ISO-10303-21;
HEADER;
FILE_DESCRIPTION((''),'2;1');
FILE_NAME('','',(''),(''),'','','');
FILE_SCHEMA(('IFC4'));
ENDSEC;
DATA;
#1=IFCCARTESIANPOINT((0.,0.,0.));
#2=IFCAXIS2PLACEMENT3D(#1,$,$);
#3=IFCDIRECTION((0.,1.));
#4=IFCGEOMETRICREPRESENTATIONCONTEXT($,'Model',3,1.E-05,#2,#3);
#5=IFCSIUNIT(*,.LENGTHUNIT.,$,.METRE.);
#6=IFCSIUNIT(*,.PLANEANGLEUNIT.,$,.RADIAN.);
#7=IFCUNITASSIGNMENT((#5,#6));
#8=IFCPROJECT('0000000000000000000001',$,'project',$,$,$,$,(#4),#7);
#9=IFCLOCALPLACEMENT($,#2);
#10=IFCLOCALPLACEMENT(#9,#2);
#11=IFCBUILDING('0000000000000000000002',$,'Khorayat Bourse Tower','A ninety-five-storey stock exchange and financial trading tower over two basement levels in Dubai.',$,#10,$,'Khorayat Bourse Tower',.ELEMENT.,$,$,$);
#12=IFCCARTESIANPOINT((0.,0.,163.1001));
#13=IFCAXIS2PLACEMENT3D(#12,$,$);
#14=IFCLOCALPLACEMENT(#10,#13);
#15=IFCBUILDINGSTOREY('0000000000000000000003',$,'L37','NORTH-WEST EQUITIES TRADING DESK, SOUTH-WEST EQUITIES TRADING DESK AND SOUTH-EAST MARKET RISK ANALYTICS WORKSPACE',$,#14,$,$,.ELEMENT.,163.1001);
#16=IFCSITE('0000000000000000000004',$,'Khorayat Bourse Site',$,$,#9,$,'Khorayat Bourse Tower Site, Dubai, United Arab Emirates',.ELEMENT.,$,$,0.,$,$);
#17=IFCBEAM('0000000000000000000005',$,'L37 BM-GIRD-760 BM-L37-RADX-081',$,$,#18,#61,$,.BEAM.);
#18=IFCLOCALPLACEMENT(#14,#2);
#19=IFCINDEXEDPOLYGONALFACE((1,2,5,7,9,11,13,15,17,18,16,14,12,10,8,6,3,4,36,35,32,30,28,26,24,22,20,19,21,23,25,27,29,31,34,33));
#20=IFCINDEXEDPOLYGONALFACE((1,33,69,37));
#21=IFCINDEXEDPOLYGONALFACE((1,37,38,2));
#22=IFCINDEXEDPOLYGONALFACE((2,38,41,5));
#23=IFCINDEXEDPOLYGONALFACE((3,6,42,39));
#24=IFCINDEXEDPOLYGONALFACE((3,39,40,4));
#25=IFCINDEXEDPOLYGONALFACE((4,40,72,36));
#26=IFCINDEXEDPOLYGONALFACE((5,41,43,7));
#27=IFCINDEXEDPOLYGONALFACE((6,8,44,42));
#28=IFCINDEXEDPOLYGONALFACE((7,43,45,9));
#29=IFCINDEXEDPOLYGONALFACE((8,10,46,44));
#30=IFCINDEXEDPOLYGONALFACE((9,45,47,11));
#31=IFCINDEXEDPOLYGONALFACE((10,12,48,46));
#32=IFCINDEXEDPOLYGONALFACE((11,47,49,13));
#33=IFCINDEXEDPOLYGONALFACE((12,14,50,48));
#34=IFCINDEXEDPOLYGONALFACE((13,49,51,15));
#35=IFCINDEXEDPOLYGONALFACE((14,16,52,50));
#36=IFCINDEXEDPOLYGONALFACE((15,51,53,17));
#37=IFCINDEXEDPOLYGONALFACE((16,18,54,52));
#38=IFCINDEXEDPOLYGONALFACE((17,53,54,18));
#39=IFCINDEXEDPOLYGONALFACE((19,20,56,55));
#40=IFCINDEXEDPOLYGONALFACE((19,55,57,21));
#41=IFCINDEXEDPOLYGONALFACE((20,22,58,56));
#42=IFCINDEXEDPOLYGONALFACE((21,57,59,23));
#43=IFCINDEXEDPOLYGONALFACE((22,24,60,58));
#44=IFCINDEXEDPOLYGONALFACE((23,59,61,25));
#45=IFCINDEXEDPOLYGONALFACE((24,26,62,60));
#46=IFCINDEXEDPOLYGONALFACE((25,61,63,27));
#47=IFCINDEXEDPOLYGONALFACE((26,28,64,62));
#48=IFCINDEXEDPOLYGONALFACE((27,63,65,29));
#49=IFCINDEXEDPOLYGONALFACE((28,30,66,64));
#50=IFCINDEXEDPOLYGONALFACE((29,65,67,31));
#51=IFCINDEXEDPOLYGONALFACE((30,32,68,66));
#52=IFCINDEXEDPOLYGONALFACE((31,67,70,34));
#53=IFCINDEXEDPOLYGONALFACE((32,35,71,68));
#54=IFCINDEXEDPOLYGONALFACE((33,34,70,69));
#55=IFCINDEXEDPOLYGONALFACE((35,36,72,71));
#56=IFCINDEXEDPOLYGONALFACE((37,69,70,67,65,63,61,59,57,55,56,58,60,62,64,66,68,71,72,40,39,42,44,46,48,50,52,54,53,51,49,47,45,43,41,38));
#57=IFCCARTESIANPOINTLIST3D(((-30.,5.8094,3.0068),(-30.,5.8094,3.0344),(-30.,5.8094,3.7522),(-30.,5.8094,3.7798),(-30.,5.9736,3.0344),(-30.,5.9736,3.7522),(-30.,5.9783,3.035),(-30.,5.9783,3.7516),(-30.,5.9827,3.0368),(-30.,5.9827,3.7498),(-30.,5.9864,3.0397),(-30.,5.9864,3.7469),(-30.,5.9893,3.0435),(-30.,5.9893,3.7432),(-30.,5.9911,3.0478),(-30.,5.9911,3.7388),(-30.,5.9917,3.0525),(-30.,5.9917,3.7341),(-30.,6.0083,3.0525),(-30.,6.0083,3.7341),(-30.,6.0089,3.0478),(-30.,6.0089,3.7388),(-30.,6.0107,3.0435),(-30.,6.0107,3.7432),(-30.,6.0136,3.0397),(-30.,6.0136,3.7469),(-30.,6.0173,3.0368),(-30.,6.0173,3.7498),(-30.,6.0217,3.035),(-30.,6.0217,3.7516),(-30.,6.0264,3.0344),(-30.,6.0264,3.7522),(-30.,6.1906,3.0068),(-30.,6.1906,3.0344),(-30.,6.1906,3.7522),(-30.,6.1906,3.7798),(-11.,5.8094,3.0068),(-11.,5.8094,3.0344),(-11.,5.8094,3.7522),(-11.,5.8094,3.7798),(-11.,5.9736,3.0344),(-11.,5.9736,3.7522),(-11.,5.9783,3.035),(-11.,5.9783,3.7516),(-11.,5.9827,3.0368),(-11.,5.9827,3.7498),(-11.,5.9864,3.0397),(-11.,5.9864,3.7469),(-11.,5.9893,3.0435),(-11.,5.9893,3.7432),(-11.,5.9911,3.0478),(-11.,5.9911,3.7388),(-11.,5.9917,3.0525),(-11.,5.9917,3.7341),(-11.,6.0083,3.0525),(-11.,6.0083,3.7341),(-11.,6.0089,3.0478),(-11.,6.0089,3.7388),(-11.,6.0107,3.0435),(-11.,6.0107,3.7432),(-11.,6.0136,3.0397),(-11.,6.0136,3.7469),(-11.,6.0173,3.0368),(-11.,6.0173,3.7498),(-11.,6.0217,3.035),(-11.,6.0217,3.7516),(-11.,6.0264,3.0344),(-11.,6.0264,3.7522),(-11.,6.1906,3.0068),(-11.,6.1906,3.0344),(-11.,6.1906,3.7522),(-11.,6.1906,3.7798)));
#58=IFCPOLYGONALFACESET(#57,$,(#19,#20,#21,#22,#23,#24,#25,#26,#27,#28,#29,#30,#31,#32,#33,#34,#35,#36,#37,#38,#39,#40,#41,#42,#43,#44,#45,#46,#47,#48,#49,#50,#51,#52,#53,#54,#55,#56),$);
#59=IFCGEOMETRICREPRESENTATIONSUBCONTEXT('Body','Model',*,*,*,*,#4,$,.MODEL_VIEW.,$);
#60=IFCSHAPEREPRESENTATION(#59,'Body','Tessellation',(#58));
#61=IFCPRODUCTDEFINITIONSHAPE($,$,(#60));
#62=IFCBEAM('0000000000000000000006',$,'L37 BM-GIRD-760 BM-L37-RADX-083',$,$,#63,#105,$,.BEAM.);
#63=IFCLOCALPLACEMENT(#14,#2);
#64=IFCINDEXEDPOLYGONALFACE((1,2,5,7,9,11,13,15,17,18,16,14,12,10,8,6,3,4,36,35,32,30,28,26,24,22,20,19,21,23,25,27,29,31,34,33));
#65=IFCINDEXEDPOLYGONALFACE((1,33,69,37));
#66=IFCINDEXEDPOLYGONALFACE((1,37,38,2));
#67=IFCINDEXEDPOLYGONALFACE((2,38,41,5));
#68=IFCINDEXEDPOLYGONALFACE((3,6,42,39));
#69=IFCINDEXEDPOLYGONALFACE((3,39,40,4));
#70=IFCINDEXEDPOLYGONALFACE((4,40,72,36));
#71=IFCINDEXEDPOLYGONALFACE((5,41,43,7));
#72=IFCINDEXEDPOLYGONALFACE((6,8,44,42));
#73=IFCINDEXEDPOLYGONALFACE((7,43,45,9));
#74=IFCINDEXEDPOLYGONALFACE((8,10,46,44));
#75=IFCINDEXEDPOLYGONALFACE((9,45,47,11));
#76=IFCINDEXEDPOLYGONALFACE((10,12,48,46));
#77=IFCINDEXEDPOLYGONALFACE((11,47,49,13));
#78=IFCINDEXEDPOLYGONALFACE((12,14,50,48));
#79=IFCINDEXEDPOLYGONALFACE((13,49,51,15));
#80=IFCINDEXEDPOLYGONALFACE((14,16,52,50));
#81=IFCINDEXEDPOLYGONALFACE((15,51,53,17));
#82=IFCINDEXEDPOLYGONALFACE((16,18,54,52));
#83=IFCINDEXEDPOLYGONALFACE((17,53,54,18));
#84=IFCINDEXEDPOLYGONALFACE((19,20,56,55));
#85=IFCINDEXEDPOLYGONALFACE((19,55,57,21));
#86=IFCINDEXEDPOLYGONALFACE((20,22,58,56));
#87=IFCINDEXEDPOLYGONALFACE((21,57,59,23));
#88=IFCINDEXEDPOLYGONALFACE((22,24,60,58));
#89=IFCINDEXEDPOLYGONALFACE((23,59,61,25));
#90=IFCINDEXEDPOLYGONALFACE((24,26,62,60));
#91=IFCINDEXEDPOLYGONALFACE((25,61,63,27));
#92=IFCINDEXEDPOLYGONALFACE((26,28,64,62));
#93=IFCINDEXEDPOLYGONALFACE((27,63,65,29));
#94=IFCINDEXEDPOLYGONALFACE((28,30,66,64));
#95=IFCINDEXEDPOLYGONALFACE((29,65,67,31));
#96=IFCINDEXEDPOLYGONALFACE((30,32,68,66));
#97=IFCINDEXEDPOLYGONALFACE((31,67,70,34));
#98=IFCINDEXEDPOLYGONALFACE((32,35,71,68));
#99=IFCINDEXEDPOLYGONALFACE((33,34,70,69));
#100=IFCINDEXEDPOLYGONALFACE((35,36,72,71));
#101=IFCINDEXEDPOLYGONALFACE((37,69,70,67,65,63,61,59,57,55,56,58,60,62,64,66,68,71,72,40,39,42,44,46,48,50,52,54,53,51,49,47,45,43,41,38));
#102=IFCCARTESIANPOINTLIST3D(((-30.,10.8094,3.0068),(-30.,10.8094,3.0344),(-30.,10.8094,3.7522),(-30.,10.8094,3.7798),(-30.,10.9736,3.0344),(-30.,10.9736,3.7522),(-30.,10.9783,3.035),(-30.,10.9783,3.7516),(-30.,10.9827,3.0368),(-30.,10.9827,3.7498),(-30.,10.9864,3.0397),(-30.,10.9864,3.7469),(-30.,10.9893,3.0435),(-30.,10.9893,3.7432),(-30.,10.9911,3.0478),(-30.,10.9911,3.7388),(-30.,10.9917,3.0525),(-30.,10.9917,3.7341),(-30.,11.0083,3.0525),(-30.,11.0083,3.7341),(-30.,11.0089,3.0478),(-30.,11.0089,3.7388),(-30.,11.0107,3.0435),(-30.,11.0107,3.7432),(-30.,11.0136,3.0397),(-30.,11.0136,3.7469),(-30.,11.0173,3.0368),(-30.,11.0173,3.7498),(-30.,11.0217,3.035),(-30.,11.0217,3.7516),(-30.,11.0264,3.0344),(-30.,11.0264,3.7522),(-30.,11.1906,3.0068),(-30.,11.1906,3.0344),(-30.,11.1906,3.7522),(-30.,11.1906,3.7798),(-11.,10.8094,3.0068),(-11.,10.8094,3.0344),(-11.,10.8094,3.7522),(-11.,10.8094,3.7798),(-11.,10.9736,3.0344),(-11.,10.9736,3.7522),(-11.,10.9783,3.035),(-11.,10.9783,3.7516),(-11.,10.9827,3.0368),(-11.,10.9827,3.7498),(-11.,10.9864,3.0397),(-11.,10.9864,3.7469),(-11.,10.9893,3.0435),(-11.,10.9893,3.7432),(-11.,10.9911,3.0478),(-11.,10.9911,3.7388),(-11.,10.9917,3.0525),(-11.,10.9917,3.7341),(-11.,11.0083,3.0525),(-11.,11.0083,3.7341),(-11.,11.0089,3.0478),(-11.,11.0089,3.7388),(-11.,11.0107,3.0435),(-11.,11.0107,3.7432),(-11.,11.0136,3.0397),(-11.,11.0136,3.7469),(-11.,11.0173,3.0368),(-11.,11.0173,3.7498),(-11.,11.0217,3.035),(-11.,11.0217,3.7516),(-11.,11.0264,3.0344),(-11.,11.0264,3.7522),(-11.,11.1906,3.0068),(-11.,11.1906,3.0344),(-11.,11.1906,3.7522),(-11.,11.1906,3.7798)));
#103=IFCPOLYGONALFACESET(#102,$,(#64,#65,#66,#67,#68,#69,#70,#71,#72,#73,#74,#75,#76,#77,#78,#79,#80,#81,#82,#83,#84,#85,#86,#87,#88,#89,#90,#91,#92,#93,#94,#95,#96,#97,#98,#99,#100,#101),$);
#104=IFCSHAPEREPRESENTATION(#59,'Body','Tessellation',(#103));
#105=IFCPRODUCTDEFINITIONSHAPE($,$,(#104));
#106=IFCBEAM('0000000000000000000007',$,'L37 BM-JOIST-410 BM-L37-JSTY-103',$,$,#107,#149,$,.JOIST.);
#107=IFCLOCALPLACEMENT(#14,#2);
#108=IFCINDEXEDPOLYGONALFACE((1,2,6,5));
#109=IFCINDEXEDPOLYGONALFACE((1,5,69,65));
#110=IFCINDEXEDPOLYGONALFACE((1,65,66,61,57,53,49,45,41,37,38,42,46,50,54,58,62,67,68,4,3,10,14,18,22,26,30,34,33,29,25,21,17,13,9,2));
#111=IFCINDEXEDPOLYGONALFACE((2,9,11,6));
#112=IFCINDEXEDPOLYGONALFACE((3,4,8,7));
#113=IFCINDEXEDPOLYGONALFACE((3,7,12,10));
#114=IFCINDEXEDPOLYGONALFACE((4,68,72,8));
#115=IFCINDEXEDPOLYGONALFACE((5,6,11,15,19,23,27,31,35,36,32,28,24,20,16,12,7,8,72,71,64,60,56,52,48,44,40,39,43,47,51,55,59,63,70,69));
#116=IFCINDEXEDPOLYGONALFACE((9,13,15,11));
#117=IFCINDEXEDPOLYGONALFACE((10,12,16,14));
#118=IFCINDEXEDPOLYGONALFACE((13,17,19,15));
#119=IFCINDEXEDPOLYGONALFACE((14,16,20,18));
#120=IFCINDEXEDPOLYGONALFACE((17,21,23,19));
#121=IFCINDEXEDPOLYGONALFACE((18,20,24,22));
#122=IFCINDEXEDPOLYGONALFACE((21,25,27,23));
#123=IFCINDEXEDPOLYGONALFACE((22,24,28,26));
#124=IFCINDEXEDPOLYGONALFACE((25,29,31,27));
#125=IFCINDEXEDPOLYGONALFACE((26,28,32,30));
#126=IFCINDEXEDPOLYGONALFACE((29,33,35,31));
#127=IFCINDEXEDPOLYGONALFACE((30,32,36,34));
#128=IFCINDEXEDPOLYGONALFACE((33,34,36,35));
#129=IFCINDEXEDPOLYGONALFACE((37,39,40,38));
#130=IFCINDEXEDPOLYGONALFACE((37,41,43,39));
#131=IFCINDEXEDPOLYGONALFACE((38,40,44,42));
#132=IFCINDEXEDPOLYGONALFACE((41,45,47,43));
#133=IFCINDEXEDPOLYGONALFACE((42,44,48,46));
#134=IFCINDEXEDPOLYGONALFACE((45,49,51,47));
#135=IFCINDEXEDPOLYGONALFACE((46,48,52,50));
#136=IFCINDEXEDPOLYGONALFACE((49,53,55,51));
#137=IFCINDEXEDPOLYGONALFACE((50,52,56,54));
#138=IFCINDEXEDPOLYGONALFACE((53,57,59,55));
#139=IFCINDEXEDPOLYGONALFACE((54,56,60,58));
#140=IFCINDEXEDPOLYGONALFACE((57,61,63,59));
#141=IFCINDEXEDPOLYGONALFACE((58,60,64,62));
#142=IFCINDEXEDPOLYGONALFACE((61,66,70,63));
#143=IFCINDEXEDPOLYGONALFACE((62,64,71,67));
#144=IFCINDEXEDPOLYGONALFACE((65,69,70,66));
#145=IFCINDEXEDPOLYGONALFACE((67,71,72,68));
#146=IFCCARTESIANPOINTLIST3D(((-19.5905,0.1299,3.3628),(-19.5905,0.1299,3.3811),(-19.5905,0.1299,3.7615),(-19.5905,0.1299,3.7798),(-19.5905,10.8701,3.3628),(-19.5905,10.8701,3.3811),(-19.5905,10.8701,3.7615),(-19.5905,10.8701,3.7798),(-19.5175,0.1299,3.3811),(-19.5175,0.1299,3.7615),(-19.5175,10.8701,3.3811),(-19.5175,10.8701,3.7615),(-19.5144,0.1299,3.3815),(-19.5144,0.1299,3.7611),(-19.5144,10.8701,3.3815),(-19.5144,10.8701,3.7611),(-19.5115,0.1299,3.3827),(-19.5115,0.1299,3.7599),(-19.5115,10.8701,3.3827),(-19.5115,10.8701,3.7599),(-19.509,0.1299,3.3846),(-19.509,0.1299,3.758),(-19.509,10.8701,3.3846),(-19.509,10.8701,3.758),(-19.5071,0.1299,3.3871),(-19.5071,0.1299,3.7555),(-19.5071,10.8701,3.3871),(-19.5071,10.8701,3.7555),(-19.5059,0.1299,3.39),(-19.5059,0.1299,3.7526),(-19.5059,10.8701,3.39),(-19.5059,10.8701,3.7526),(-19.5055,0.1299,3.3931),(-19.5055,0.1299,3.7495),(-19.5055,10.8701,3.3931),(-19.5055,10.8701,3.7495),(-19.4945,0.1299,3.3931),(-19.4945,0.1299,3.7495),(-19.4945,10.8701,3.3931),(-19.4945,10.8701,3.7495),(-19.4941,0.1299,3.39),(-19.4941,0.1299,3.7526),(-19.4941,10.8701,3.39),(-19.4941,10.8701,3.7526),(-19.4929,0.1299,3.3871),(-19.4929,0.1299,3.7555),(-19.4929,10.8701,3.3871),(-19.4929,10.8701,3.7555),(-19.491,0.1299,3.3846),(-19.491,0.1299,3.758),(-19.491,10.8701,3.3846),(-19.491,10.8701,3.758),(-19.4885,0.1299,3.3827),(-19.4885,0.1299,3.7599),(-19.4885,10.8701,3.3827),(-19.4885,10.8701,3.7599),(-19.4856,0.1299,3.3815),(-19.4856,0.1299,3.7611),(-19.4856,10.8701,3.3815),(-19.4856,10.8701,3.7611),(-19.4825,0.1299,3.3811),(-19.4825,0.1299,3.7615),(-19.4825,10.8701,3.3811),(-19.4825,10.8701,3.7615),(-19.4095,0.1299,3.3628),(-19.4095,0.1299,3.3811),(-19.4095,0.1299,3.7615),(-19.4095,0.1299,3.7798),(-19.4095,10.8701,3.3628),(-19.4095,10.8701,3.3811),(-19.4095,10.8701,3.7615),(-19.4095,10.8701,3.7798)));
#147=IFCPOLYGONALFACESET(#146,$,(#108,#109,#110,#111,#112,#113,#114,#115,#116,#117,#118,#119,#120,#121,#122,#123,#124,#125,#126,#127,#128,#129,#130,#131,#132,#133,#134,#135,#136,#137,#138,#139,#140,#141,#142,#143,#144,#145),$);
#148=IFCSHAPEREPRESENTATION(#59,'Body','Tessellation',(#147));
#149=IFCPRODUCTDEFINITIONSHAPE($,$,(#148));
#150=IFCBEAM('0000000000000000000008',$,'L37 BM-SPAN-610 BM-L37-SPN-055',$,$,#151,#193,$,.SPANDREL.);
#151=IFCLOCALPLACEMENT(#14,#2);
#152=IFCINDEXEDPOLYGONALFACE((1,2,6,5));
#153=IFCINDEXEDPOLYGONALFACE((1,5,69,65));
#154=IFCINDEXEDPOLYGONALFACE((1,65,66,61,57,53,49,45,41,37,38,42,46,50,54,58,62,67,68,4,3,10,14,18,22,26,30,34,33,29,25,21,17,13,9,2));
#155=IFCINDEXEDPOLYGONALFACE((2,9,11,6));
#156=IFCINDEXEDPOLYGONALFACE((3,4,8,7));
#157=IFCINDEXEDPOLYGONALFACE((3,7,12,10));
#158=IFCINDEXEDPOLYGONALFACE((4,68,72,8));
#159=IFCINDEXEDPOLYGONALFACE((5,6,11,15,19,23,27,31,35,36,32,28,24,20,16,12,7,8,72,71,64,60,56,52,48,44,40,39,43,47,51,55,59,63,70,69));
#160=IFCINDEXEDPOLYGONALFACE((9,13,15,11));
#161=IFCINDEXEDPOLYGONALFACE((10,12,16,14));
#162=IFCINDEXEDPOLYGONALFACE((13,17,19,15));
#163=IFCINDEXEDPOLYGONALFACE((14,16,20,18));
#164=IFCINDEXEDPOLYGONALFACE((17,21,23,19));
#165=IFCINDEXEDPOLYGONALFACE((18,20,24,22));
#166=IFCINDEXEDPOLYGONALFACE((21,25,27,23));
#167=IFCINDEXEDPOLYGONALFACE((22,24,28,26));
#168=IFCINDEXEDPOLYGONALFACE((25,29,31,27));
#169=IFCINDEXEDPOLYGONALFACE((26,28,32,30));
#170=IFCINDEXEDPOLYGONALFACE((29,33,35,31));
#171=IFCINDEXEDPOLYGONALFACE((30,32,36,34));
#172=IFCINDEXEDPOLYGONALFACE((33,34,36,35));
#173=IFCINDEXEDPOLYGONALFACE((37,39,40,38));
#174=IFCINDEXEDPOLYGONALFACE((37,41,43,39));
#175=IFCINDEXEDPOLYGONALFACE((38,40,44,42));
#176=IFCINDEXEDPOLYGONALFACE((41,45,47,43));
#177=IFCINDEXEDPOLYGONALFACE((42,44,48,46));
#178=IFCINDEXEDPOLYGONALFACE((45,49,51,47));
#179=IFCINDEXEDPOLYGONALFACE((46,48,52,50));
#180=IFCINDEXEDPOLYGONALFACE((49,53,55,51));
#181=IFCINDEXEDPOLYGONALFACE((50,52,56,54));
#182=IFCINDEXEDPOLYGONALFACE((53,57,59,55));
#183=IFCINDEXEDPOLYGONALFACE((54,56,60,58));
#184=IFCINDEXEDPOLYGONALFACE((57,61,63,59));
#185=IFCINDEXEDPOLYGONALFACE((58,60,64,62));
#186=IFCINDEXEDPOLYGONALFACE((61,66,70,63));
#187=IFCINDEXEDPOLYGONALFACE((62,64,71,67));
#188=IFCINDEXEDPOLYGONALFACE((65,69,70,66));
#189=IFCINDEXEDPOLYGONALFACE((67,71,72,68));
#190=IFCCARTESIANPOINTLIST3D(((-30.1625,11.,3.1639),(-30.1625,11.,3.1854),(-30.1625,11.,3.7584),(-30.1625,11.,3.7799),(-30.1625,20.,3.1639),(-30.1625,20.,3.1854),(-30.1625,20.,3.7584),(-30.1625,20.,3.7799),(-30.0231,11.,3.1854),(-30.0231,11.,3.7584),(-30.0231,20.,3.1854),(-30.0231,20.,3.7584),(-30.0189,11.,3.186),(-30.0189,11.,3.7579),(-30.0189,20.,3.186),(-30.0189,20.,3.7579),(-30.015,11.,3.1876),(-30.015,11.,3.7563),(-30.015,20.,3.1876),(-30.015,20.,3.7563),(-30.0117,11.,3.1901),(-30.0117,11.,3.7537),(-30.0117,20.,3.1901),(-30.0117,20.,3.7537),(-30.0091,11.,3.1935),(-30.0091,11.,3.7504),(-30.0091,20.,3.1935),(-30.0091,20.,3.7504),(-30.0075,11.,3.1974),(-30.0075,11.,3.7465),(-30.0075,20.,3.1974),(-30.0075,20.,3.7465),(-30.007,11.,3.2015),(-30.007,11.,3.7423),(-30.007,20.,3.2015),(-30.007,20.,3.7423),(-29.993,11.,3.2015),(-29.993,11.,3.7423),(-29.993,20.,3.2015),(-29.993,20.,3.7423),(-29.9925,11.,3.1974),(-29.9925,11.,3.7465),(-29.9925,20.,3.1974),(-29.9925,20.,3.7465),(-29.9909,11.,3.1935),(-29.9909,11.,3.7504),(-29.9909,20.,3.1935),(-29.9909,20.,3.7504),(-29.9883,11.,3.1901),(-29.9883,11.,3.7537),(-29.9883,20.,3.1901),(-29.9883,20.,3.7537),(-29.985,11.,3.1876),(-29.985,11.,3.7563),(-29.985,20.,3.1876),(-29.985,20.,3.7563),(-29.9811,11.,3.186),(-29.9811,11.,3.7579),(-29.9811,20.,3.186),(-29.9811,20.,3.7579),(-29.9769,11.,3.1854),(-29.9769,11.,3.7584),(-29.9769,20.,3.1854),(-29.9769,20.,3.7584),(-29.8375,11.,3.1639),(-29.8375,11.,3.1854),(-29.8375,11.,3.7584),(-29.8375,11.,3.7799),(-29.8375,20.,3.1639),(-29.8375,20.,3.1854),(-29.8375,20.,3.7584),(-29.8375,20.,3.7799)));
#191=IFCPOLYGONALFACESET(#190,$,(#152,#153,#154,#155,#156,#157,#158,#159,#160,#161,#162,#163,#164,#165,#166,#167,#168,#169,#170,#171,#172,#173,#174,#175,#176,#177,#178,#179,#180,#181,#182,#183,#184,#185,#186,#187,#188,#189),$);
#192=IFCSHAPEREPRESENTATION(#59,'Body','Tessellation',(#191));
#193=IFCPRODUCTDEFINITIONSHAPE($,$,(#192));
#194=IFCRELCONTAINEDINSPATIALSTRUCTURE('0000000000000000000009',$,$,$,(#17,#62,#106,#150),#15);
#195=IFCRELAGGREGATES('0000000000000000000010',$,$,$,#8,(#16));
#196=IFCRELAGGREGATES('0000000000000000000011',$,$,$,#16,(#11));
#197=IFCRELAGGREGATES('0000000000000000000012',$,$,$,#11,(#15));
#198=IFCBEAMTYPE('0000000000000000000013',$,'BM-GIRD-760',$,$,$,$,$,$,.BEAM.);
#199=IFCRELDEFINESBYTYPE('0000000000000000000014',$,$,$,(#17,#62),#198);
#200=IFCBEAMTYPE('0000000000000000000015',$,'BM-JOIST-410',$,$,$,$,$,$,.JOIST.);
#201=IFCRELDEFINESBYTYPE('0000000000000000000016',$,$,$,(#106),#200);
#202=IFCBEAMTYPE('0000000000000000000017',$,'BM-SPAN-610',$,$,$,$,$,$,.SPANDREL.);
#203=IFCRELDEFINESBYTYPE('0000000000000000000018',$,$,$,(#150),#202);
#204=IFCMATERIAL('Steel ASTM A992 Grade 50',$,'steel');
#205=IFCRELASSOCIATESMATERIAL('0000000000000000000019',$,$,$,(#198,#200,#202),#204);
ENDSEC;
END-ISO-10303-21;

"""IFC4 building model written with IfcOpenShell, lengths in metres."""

from ifc_helpers import new_model, si_unit, direction, frame, origin, origin_2d, place, context, subcontext, project, spatial, i_section, extrude, source, transform, mapped, material, material_profile, profile_set, type_object, element, save


model = new_model("IFC4")

# Units and contexts
model_context = context("Model", 3, precision=1e-05, world=origin(), true_north=direction((0.0, 1.0)))
body_context = subcontext(model_context, "Body", "Model", "MODEL_VIEW")
ifc_project = project(units=[si_unit("LENGTHUNIT", "METRE"), si_unit("PLANEANGLEUNIT", "RADIAN")], contexts=[model_context])

# Site, building, storey
site_placement = place(None, origin())
site = spatial("IfcSite", under=ifc_project, at=site_placement, Name="Khorayat Bourse Site", LongName="Khorayat Bourse Tower Site, Dubai, United Arab Emirates", CompositionType="ELEMENT", RefElevation=0.0)
building_placement = place(site_placement, origin())
building = spatial("IfcBuilding", under=site, at=building_placement, Name="Khorayat Bourse Tower", Description="A ninety-five-storey stock exchange and financial trading tower over two basement levels in Dubai.", LongName="Khorayat Bourse Tower", CompositionType="ELEMENT")
storey_placement = place(building_placement, frame((0.0, 0.0, 163.1001)))
storey = spatial("IfcBuildingStorey", under=building, at=storey_placement, Name="L37", Description="NORTH-WEST EQUITIES TRADING DESK, SOUTH-WEST EQUITIES TRADING DESK AND SOUTH-EAST MARKET RISK ANALYTICS WORKSPACE", CompositionType="ELEMENT", Elevation=163.1001)

# Beams
ifc_material_1 = material(Name="Steel ASTM A992 Grade 50", Category="steel")
ifc_material_profile_1 = material_profile(ifc_material_1, i_section(OverallWidth=0.3811, OverallDepth=0.7729, WebThickness=0.0166, FlangeThickness=0.0276, FilletRadius=0.0181, at=origin_2d()), Name="W760X257")
ifc_profile_set_1 = profile_set([ifc_material_profile_1], Name="Steel ASTM A992 Grade 50")
beam_type_1 = type_object("IfcBeamType", Name="BM-GIRD-760", PredefinedType="BEAM", material=ifc_profile_set_1)
shared_shape_1 = source(origin(), body_context, "Body", "SweptSolid", [
    extrude(i_section(OverallWidth=0.3811, OverallDepth=0.7729, WebThickness=0.0166, FlangeThickness=0.0276, FilletRadius=0.0181, at=origin_2d()), origin(), (0.0, 0.0, 1.0), 19.0),
])
for number, where, z_axis, x_axis, name in (
    (1, (-30.0, 6.0, 3.3933), (1.0, 0.0, 0.0), (0.0, 1.0, 0.0), "L37 BM-GIRD-760 BM-L37-RADX-081"),
    (2, (-30.0, 11.0, 3.3933), (1.0, 0.0, 0.0), (0.0, 1.0, 0.0), "L37 BM-GIRD-760 BM-L37-RADX-083"),
):
    element("IfcBeam", number, at=place(storey_placement, frame(where, z_axis=z_axis, x_axis=x_axis)), inside=storey, type_object=beam_type_1, Name=name, PredefinedType="BEAM", context=body_context, shape_type="MappedRepresentation", body=[
        mapped(shared_shape_1, transform((0.0, 0.0, 0.0), scale=1.0)),
    ])
ifc_material_profile_2 = material_profile(ifc_material_1, i_section(OverallWidth=0.1809, OverallDepth=0.417, WebThickness=0.011, FlangeThickness=0.0183, FilletRadius=0.012, at=origin_2d()), Name="W410X85")
ifc_profile_set_2 = profile_set([ifc_material_profile_2], Name="Steel ASTM A992 Grade 50")
beam_type_2 = type_object("IfcBeamType", Name="BM-JOIST-410", PredefinedType="JOIST", material=ifc_profile_set_2)
shared_shape_2 = source(origin(), body_context, "Body", "SweptSolid", [
    extrude(i_section(OverallWidth=0.1809, OverallDepth=0.417, WebThickness=0.011, FlangeThickness=0.0183, FilletRadius=0.012, at=origin_2d()), origin(), (0.0, 0.0, 1.0), 10.7402),
])
beam_1_placement = place(storey_placement, frame((-19.5, 0.1299, 3.5713), z_axis=(0.0, 1.0, 0.0), x_axis=(-1.0, 0.0, 0.0)))
element("IfcBeam", 3, at=beam_1_placement, inside=storey, type_object=beam_type_2, Name="L37 BM-JOIST-410 BM-L37-JSTY-103", PredefinedType="JOIST", context=body_context, shape_type="MappedRepresentation", body=[
    mapped(shared_shape_2, transform((0.0, 0.0, 0.0), scale=1.0)),
])
ifc_material_profile_3 = material_profile(ifc_material_1, i_section(OverallWidth=0.325, OverallDepth=0.616, WebThickness=0.0139, FlangeThickness=0.0215, FilletRadius=0.0161, at=origin_2d()), Name="W610X174")
ifc_profile_set_3 = profile_set([ifc_material_profile_3], Name="Steel ASTM A992 Grade 50")
beam_type_3 = type_object("IfcBeamType", Name="BM-SPAN-610", PredefinedType="SPANDREL", material=ifc_profile_set_3)
shared_shape_3 = source(origin(), body_context, "Body", "SweptSolid", [
    extrude(i_section(OverallWidth=0.325, OverallDepth=0.616, WebThickness=0.0139, FlangeThickness=0.0215, FilletRadius=0.0161, at=origin_2d()), origin(), (0.0, 0.0, 1.0), 9.0),
])
beam_2_placement = place(storey_placement, frame((-30.0, 11.0, 3.4719), z_axis=(0.0, 1.0, 0.0), x_axis=(-1.0, 0.0, 0.0)))
element("IfcBeam", 4, at=beam_2_placement, inside=storey, type_object=beam_type_3, Name="L37 BM-SPAN-610 BM-L37-SPN-055", PredefinedType="SPANDREL", context=body_context, shape_type="MappedRepresentation", body=[
    mapped(shared_shape_3, transform((0.0, 0.0, 0.0), scale=1.0)),
])

save(model, "model.ifc")
